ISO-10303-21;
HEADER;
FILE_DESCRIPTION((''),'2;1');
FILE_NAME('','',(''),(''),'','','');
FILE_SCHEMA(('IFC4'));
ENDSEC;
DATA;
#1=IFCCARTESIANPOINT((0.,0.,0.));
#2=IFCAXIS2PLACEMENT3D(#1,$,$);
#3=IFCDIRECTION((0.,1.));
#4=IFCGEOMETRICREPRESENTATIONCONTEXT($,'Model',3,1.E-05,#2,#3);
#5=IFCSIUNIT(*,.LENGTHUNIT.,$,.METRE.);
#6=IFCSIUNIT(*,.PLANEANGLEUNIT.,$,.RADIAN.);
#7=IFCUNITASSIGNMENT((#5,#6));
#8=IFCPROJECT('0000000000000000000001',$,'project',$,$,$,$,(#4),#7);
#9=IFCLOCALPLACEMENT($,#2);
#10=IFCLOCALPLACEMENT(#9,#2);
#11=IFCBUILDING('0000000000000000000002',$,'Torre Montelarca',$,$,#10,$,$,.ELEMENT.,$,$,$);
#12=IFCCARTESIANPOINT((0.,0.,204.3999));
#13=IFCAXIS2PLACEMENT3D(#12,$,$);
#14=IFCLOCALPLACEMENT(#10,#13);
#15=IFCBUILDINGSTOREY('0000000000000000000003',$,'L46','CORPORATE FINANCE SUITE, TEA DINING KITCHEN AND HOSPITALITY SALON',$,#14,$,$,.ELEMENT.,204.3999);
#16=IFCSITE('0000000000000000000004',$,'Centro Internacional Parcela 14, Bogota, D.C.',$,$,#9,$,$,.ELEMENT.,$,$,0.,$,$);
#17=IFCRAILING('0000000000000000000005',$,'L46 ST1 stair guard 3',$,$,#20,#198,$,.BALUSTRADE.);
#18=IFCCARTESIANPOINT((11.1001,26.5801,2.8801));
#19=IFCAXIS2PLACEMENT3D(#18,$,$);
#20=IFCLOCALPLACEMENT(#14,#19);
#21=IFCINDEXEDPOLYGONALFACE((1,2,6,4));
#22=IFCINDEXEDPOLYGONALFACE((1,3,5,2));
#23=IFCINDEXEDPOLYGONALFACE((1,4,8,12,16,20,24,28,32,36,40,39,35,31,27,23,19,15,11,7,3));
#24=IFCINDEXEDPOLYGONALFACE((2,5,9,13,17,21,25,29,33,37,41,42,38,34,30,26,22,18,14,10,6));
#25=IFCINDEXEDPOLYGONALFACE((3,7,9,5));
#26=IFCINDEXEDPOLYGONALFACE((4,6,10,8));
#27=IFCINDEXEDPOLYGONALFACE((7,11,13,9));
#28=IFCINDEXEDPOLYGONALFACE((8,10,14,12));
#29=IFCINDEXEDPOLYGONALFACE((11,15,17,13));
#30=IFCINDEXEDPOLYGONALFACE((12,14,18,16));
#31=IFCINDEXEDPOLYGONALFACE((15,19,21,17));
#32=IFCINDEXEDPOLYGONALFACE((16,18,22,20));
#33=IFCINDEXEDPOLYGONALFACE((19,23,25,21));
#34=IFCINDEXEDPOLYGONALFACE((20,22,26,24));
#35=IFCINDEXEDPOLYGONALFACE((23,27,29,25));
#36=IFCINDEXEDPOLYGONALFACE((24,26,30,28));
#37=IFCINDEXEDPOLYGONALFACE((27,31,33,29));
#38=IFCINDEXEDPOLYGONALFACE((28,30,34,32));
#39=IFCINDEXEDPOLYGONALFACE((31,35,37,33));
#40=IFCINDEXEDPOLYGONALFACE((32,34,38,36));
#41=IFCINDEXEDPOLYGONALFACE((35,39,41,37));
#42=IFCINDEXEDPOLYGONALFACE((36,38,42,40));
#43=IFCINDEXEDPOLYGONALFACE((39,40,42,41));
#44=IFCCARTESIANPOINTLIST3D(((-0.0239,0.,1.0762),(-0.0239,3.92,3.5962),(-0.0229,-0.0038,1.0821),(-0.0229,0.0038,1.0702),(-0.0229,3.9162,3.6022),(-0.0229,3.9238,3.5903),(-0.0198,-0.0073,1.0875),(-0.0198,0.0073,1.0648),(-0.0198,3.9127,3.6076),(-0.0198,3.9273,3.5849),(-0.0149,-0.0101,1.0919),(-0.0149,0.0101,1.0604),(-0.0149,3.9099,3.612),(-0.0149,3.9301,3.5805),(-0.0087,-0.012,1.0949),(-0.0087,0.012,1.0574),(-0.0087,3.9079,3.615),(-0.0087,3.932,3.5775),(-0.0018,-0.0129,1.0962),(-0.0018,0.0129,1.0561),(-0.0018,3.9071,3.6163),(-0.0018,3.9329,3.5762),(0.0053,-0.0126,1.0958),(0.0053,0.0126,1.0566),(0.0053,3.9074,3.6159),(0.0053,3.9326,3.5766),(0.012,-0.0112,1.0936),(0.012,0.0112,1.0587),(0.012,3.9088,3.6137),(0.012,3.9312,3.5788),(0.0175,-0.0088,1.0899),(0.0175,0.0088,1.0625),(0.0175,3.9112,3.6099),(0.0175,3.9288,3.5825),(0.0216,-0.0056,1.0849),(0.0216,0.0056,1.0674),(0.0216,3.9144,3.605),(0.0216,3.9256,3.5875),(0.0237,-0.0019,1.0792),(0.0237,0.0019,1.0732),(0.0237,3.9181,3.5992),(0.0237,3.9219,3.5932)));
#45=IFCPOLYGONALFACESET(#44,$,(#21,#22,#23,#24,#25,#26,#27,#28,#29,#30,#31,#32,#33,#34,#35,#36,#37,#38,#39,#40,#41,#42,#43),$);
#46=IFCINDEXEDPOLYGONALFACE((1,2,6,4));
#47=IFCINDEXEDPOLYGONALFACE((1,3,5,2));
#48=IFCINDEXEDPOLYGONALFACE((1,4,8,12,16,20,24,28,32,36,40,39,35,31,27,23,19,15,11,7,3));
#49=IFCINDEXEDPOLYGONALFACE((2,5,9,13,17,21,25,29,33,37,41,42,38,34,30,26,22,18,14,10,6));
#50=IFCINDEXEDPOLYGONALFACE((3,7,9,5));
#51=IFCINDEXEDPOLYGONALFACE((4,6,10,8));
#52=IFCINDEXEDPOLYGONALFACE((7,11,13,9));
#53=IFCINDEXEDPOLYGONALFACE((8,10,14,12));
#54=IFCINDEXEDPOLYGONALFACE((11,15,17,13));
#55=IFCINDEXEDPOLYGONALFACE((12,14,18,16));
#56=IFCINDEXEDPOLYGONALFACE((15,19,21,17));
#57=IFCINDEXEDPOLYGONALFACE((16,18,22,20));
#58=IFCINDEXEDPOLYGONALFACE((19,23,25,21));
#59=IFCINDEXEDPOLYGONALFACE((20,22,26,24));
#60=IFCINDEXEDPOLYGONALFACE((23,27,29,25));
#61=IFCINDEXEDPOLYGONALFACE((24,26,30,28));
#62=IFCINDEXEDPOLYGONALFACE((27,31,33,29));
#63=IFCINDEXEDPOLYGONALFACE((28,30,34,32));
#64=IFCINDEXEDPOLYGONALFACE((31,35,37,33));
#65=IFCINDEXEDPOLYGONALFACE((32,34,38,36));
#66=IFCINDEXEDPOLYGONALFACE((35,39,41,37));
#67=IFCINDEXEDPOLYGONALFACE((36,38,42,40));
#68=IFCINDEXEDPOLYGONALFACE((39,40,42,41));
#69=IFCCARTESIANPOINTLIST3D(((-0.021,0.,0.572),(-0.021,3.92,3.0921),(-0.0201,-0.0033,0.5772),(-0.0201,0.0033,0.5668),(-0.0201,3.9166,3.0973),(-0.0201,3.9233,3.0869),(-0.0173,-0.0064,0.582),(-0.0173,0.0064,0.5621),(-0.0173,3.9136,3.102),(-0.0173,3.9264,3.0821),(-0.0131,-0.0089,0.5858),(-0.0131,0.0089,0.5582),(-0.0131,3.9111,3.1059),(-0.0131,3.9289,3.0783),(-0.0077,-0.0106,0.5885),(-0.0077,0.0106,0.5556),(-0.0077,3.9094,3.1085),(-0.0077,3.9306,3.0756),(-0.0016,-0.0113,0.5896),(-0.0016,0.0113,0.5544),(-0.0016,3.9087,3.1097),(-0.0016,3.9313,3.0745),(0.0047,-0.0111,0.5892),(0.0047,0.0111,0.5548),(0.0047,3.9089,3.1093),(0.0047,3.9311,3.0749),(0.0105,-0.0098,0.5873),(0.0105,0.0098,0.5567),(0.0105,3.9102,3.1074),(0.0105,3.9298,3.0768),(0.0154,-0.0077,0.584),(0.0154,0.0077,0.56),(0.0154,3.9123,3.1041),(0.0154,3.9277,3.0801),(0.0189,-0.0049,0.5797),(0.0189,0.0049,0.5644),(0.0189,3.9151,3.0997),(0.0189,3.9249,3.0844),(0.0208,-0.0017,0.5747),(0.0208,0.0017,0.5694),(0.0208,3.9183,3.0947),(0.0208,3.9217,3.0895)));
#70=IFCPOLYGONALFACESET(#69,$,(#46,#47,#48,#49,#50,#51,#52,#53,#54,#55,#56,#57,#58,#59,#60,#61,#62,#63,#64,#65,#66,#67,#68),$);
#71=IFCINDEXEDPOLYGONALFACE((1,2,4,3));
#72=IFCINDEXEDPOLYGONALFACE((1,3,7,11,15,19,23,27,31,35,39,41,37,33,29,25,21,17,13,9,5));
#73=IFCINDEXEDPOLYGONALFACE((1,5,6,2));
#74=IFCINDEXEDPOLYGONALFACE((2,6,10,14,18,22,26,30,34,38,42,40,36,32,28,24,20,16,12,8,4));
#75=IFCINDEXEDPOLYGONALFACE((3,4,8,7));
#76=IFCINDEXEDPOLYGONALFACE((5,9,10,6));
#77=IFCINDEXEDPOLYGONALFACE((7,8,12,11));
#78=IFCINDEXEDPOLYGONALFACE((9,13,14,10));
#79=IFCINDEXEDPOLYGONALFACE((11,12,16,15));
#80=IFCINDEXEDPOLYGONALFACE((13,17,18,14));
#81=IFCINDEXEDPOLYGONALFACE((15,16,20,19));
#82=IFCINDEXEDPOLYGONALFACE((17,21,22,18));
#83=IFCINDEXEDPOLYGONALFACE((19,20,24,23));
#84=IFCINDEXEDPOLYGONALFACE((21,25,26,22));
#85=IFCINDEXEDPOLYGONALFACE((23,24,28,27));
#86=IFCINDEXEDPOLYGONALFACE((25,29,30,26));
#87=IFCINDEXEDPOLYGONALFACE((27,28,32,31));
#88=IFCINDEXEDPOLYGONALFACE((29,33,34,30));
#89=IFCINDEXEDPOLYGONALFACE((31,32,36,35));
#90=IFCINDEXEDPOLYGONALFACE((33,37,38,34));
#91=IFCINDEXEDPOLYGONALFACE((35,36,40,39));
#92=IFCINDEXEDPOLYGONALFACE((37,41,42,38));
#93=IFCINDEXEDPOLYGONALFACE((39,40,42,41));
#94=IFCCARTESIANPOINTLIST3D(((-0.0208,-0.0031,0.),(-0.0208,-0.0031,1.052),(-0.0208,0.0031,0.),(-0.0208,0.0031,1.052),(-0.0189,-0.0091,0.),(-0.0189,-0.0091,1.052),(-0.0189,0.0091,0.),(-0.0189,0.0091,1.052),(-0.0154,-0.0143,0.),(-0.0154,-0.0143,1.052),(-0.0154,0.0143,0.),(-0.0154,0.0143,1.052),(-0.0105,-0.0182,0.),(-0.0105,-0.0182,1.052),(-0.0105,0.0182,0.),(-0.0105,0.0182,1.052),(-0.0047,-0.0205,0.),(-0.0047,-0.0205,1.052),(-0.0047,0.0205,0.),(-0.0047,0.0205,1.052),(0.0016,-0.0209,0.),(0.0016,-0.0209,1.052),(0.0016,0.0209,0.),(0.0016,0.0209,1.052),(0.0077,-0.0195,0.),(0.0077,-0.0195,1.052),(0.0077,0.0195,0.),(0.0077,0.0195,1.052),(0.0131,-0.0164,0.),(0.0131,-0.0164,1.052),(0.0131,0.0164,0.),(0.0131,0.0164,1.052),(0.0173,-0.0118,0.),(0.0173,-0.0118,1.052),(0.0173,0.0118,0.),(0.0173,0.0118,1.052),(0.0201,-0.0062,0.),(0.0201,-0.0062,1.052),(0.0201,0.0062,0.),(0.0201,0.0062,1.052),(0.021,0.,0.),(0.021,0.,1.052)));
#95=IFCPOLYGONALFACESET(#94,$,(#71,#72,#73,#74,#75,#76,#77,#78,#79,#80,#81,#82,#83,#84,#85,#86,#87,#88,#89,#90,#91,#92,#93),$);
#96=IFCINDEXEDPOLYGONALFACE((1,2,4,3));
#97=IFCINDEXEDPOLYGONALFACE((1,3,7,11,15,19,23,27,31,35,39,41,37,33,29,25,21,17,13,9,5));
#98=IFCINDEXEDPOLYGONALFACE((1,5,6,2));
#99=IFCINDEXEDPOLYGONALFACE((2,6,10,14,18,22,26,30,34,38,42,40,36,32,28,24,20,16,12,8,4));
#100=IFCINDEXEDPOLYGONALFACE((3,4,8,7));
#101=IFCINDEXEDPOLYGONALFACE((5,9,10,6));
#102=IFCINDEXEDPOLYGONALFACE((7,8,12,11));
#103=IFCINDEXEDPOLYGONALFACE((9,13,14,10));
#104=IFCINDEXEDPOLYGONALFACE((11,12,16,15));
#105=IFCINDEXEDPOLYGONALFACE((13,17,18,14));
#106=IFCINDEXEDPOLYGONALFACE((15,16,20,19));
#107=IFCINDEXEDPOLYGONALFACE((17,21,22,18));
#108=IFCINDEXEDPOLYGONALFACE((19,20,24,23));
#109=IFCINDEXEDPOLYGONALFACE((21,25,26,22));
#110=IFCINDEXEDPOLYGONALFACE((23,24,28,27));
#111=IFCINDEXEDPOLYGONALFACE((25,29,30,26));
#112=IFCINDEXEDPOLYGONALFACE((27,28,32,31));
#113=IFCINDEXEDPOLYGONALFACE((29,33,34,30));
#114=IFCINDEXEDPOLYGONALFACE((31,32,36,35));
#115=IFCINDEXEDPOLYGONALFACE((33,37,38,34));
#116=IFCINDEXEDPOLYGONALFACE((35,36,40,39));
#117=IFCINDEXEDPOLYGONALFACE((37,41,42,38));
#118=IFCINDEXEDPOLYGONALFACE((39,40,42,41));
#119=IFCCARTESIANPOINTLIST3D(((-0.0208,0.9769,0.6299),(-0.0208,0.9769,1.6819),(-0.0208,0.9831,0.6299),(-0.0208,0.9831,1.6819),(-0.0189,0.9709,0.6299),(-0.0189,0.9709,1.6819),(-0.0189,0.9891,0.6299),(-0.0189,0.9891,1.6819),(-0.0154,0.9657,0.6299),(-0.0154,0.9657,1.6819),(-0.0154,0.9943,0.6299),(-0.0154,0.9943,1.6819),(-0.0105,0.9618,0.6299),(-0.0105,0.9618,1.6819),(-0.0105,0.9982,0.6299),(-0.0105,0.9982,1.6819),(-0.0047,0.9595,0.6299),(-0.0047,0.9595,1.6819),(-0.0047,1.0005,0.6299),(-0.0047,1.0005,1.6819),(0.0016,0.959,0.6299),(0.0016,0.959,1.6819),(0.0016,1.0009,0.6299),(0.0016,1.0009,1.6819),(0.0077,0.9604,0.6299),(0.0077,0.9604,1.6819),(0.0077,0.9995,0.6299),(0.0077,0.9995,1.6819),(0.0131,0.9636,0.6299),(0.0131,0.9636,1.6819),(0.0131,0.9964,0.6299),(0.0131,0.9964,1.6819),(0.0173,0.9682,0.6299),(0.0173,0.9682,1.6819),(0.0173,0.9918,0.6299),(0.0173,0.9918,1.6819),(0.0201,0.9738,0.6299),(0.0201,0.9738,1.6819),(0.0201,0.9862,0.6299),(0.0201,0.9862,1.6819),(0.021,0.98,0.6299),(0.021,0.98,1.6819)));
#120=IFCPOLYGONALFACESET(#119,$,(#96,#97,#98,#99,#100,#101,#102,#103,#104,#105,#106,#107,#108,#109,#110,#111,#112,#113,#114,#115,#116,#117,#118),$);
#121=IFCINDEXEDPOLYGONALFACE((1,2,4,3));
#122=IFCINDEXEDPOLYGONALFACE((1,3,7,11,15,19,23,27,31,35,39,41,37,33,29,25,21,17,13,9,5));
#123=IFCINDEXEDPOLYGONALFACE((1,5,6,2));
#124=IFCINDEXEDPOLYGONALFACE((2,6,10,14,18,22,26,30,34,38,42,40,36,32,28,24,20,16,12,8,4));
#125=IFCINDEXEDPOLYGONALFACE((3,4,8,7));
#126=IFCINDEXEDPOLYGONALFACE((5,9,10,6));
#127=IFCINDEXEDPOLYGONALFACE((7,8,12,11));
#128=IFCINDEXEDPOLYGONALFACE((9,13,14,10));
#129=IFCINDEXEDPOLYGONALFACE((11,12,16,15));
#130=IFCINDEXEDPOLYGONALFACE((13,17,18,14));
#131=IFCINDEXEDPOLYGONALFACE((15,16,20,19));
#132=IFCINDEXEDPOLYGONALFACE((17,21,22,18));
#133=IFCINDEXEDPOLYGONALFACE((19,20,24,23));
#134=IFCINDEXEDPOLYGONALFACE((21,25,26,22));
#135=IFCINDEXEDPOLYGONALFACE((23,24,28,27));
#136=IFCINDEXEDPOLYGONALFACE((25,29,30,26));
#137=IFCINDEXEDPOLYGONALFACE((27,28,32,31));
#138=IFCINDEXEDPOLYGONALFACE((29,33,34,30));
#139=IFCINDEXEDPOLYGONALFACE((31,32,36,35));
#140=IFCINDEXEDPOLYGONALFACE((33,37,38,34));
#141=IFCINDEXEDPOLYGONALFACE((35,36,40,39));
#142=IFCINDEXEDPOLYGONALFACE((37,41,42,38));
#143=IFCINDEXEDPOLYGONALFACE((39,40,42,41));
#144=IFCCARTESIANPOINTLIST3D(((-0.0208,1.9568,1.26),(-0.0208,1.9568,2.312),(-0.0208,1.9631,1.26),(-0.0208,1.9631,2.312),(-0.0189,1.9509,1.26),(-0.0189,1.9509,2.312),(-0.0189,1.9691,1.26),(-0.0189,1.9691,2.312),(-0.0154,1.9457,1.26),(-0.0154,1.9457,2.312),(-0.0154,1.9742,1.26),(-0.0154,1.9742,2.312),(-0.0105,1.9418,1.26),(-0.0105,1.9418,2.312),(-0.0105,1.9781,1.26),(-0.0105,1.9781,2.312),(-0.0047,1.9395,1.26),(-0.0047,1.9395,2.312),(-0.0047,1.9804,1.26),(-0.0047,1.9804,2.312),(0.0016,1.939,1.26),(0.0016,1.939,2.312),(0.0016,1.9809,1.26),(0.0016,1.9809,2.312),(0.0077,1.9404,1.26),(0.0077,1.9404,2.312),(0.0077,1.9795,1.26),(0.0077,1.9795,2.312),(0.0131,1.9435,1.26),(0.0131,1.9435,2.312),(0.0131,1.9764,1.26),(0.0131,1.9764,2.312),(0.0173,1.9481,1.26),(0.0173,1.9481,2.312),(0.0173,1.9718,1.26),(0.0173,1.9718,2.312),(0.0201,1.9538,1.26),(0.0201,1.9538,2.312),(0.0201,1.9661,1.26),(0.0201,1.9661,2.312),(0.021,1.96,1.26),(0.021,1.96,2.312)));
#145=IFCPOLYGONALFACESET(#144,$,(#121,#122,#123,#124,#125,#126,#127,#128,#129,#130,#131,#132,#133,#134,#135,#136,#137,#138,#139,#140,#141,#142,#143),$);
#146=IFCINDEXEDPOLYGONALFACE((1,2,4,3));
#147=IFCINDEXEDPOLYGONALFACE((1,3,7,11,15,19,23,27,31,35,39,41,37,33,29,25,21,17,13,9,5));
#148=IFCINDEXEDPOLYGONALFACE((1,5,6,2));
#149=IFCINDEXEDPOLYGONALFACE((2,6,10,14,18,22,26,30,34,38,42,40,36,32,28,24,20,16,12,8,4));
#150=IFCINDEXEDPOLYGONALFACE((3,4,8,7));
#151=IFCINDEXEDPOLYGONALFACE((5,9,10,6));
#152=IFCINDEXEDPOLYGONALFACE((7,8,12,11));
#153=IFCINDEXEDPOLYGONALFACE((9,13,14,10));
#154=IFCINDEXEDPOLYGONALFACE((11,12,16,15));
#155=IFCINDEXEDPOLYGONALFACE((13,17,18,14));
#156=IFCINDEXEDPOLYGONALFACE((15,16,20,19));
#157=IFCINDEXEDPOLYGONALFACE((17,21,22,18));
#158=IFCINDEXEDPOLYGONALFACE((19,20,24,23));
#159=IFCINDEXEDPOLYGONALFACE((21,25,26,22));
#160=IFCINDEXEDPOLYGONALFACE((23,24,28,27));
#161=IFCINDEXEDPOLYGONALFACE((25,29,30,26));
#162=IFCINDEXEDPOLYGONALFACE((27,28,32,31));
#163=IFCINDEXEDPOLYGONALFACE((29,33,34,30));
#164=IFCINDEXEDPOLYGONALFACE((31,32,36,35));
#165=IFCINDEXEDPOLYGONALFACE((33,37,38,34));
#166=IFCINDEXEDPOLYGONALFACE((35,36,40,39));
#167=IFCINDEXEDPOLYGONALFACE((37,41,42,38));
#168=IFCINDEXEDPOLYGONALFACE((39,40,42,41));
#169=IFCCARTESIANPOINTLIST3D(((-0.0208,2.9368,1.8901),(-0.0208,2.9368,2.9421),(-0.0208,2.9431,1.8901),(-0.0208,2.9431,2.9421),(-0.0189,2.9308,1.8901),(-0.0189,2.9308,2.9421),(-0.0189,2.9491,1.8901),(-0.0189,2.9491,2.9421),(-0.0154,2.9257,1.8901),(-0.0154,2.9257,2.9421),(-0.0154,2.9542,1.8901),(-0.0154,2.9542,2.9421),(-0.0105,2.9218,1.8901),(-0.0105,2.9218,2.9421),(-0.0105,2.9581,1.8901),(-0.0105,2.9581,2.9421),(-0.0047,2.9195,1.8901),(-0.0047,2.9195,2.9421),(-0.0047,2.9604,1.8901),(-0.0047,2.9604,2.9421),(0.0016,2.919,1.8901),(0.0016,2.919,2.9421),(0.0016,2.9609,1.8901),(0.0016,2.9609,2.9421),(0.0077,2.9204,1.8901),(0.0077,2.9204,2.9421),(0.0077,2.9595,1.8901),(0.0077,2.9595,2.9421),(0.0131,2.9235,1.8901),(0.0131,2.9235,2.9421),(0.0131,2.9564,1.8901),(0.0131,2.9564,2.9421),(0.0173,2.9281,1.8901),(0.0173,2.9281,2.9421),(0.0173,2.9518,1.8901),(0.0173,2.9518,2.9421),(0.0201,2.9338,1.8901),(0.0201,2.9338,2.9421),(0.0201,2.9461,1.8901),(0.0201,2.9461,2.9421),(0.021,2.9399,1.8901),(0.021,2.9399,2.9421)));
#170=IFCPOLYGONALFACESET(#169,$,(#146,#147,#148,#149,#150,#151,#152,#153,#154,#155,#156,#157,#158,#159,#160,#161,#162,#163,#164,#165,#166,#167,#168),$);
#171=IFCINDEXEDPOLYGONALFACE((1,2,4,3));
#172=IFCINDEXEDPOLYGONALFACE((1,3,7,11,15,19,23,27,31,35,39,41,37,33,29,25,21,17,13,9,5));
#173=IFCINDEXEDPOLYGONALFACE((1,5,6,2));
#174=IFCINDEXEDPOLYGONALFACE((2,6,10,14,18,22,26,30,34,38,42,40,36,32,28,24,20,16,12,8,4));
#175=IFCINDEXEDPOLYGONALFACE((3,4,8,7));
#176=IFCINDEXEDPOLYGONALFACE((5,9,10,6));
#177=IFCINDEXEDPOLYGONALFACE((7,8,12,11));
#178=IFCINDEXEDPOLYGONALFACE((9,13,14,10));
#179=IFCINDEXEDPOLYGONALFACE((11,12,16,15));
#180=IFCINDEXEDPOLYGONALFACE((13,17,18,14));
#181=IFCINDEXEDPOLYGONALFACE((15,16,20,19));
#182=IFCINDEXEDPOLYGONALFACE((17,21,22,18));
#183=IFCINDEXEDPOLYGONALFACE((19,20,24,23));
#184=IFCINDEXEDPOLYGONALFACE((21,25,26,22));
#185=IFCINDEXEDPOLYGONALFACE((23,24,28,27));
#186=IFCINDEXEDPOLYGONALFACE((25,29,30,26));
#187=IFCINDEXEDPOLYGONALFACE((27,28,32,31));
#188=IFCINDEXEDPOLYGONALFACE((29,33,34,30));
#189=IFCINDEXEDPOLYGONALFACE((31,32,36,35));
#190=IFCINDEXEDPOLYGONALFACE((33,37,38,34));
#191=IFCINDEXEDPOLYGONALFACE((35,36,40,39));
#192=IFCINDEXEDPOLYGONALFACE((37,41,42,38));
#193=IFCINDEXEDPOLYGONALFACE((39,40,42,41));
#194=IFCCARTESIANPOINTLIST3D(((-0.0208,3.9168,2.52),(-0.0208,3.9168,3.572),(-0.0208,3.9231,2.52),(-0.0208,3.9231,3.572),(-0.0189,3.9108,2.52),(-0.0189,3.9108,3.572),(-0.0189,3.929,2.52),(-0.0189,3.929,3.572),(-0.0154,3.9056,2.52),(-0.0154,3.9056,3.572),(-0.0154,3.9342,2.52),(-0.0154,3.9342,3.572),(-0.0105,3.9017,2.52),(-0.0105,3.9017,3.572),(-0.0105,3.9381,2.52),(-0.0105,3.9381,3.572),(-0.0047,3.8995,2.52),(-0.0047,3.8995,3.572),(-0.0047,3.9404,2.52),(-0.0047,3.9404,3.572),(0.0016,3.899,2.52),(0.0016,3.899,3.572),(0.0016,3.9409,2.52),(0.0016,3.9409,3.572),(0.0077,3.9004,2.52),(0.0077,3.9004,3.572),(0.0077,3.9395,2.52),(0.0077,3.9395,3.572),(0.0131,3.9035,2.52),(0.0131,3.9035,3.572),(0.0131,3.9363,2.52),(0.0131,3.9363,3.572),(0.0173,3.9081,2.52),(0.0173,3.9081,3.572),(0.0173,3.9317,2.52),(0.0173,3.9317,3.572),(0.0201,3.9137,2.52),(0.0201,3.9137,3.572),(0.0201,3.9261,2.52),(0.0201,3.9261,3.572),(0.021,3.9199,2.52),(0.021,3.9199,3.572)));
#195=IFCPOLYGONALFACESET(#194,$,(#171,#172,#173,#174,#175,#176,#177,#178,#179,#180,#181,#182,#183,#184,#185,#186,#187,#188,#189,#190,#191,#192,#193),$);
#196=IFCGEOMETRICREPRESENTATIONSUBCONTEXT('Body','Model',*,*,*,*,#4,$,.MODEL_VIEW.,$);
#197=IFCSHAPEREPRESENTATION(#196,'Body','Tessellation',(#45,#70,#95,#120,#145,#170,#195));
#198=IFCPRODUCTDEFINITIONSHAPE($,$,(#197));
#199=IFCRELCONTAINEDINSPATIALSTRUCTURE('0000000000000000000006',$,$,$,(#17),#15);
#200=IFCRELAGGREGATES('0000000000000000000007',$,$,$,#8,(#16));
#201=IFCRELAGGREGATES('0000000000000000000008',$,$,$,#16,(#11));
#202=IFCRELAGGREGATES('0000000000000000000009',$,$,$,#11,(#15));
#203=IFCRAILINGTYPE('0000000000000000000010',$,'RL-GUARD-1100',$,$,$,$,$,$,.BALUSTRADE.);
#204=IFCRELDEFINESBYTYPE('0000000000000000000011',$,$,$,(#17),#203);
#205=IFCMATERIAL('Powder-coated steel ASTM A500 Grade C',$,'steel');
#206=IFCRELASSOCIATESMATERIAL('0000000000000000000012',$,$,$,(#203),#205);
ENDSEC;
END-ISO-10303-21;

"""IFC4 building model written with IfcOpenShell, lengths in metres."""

from ifc_helpers import new_model, si_unit, direction, frame, origin, origin_2d, place, context, subcontext, project, spatial, circle, extrude, material, type_object, element, save


model = new_model("IFC4")

# Units and contexts
model_context = context("Model", 3, precision=1e-05, world=origin(), true_north=direction((0.0, 1.0)))
body_context = subcontext(model_context, "Body", "Model", "MODEL_VIEW")
ifc_project = project(units=[si_unit("LENGTHUNIT", "METRE"), si_unit("PLANEANGLEUNIT", "RADIAN")], contexts=[model_context])

# Site, building, storey
site_placement = place(None, origin())
site = spatial("IfcSite", under=ifc_project, at=site_placement, Name="Centro Internacional Parcela 14, Bogota, D.C.", CompositionType="ELEMENT", RefElevation=0.0)
building_placement = place(site_placement, origin())
building = spatial("IfcBuilding", under=site, at=building_placement, Name="Torre Montelarca", CompositionType="ELEMENT")
storey_placement = place(building_placement, frame((0.0, 0.0, 204.3999)))
storey = spatial("IfcBuildingStorey", under=building, at=storey_placement, Name="L46", Description="CORPORATE FINANCE SUITE, TEA DINING KITCHEN AND HOSPITALITY SALON", CompositionType="ELEMENT", Elevation=204.3999)

# Railing
ifc_material_1 = material(Name="Powder-coated steel ASTM A500 Grade C", Category="steel")
railing_type_1 = type_object("IfcRailingType", Name="RL-GUARD-1100", PredefinedType="BALUSTRADE", material=ifc_material_1)
railing_1_placement = place(storey_placement, frame((11.1001, 26.5801, 2.8801)))
element("IfcRailing", 1, at=railing_1_placement, inside=storey, type_object=railing_type_1, Name="L46 ST1 stair guard 3", PredefinedType="BALUSTRADE", context=body_context, shape_type="SweptSolid", body=[
    extrude(circle(Radius=0.0239, at=origin_2d()), frame((0.0, 0.0, 1.0762), z_axis=(0.0, 0.841172, 0.540768), x_axis=(-1.0, 0.0, 0.0)), (0.0, 0.0, 1.0), 4.6602),
    extrude(circle(Radius=0.021, at=origin_2d()), frame((0.0, 0.0, 0.572), z_axis=(0.0, 0.841172, 0.540768), x_axis=(-1.0, 0.0, 0.0)), (0.0, 0.0, 1.0), 4.6602),
    extrude(circle(Radius=0.021, at=origin_2d()), origin(), (0.0, 0.0, 1.0), 1.052),
    extrude(circle(Radius=0.021, at=origin_2d()), frame((0.0, 0.98, 0.6299)), (0.0, 0.0, 1.0), 1.052),
    extrude(circle(Radius=0.021, at=origin_2d()), frame((0.0, 1.96, 1.26)), (0.0, 0.0, 1.0), 1.052),
    extrude(circle(Radius=0.021, at=origin_2d()), frame((0.0, 2.9399, 1.8901)), (0.0, 0.0, 1.0), 1.052),
    extrude(circle(Radius=0.021, at=origin_2d()), frame((0.0, 3.9199, 2.52)), (0.0, 0.0, 1.0), 1.052),
])

save(model, "model.ifc")
